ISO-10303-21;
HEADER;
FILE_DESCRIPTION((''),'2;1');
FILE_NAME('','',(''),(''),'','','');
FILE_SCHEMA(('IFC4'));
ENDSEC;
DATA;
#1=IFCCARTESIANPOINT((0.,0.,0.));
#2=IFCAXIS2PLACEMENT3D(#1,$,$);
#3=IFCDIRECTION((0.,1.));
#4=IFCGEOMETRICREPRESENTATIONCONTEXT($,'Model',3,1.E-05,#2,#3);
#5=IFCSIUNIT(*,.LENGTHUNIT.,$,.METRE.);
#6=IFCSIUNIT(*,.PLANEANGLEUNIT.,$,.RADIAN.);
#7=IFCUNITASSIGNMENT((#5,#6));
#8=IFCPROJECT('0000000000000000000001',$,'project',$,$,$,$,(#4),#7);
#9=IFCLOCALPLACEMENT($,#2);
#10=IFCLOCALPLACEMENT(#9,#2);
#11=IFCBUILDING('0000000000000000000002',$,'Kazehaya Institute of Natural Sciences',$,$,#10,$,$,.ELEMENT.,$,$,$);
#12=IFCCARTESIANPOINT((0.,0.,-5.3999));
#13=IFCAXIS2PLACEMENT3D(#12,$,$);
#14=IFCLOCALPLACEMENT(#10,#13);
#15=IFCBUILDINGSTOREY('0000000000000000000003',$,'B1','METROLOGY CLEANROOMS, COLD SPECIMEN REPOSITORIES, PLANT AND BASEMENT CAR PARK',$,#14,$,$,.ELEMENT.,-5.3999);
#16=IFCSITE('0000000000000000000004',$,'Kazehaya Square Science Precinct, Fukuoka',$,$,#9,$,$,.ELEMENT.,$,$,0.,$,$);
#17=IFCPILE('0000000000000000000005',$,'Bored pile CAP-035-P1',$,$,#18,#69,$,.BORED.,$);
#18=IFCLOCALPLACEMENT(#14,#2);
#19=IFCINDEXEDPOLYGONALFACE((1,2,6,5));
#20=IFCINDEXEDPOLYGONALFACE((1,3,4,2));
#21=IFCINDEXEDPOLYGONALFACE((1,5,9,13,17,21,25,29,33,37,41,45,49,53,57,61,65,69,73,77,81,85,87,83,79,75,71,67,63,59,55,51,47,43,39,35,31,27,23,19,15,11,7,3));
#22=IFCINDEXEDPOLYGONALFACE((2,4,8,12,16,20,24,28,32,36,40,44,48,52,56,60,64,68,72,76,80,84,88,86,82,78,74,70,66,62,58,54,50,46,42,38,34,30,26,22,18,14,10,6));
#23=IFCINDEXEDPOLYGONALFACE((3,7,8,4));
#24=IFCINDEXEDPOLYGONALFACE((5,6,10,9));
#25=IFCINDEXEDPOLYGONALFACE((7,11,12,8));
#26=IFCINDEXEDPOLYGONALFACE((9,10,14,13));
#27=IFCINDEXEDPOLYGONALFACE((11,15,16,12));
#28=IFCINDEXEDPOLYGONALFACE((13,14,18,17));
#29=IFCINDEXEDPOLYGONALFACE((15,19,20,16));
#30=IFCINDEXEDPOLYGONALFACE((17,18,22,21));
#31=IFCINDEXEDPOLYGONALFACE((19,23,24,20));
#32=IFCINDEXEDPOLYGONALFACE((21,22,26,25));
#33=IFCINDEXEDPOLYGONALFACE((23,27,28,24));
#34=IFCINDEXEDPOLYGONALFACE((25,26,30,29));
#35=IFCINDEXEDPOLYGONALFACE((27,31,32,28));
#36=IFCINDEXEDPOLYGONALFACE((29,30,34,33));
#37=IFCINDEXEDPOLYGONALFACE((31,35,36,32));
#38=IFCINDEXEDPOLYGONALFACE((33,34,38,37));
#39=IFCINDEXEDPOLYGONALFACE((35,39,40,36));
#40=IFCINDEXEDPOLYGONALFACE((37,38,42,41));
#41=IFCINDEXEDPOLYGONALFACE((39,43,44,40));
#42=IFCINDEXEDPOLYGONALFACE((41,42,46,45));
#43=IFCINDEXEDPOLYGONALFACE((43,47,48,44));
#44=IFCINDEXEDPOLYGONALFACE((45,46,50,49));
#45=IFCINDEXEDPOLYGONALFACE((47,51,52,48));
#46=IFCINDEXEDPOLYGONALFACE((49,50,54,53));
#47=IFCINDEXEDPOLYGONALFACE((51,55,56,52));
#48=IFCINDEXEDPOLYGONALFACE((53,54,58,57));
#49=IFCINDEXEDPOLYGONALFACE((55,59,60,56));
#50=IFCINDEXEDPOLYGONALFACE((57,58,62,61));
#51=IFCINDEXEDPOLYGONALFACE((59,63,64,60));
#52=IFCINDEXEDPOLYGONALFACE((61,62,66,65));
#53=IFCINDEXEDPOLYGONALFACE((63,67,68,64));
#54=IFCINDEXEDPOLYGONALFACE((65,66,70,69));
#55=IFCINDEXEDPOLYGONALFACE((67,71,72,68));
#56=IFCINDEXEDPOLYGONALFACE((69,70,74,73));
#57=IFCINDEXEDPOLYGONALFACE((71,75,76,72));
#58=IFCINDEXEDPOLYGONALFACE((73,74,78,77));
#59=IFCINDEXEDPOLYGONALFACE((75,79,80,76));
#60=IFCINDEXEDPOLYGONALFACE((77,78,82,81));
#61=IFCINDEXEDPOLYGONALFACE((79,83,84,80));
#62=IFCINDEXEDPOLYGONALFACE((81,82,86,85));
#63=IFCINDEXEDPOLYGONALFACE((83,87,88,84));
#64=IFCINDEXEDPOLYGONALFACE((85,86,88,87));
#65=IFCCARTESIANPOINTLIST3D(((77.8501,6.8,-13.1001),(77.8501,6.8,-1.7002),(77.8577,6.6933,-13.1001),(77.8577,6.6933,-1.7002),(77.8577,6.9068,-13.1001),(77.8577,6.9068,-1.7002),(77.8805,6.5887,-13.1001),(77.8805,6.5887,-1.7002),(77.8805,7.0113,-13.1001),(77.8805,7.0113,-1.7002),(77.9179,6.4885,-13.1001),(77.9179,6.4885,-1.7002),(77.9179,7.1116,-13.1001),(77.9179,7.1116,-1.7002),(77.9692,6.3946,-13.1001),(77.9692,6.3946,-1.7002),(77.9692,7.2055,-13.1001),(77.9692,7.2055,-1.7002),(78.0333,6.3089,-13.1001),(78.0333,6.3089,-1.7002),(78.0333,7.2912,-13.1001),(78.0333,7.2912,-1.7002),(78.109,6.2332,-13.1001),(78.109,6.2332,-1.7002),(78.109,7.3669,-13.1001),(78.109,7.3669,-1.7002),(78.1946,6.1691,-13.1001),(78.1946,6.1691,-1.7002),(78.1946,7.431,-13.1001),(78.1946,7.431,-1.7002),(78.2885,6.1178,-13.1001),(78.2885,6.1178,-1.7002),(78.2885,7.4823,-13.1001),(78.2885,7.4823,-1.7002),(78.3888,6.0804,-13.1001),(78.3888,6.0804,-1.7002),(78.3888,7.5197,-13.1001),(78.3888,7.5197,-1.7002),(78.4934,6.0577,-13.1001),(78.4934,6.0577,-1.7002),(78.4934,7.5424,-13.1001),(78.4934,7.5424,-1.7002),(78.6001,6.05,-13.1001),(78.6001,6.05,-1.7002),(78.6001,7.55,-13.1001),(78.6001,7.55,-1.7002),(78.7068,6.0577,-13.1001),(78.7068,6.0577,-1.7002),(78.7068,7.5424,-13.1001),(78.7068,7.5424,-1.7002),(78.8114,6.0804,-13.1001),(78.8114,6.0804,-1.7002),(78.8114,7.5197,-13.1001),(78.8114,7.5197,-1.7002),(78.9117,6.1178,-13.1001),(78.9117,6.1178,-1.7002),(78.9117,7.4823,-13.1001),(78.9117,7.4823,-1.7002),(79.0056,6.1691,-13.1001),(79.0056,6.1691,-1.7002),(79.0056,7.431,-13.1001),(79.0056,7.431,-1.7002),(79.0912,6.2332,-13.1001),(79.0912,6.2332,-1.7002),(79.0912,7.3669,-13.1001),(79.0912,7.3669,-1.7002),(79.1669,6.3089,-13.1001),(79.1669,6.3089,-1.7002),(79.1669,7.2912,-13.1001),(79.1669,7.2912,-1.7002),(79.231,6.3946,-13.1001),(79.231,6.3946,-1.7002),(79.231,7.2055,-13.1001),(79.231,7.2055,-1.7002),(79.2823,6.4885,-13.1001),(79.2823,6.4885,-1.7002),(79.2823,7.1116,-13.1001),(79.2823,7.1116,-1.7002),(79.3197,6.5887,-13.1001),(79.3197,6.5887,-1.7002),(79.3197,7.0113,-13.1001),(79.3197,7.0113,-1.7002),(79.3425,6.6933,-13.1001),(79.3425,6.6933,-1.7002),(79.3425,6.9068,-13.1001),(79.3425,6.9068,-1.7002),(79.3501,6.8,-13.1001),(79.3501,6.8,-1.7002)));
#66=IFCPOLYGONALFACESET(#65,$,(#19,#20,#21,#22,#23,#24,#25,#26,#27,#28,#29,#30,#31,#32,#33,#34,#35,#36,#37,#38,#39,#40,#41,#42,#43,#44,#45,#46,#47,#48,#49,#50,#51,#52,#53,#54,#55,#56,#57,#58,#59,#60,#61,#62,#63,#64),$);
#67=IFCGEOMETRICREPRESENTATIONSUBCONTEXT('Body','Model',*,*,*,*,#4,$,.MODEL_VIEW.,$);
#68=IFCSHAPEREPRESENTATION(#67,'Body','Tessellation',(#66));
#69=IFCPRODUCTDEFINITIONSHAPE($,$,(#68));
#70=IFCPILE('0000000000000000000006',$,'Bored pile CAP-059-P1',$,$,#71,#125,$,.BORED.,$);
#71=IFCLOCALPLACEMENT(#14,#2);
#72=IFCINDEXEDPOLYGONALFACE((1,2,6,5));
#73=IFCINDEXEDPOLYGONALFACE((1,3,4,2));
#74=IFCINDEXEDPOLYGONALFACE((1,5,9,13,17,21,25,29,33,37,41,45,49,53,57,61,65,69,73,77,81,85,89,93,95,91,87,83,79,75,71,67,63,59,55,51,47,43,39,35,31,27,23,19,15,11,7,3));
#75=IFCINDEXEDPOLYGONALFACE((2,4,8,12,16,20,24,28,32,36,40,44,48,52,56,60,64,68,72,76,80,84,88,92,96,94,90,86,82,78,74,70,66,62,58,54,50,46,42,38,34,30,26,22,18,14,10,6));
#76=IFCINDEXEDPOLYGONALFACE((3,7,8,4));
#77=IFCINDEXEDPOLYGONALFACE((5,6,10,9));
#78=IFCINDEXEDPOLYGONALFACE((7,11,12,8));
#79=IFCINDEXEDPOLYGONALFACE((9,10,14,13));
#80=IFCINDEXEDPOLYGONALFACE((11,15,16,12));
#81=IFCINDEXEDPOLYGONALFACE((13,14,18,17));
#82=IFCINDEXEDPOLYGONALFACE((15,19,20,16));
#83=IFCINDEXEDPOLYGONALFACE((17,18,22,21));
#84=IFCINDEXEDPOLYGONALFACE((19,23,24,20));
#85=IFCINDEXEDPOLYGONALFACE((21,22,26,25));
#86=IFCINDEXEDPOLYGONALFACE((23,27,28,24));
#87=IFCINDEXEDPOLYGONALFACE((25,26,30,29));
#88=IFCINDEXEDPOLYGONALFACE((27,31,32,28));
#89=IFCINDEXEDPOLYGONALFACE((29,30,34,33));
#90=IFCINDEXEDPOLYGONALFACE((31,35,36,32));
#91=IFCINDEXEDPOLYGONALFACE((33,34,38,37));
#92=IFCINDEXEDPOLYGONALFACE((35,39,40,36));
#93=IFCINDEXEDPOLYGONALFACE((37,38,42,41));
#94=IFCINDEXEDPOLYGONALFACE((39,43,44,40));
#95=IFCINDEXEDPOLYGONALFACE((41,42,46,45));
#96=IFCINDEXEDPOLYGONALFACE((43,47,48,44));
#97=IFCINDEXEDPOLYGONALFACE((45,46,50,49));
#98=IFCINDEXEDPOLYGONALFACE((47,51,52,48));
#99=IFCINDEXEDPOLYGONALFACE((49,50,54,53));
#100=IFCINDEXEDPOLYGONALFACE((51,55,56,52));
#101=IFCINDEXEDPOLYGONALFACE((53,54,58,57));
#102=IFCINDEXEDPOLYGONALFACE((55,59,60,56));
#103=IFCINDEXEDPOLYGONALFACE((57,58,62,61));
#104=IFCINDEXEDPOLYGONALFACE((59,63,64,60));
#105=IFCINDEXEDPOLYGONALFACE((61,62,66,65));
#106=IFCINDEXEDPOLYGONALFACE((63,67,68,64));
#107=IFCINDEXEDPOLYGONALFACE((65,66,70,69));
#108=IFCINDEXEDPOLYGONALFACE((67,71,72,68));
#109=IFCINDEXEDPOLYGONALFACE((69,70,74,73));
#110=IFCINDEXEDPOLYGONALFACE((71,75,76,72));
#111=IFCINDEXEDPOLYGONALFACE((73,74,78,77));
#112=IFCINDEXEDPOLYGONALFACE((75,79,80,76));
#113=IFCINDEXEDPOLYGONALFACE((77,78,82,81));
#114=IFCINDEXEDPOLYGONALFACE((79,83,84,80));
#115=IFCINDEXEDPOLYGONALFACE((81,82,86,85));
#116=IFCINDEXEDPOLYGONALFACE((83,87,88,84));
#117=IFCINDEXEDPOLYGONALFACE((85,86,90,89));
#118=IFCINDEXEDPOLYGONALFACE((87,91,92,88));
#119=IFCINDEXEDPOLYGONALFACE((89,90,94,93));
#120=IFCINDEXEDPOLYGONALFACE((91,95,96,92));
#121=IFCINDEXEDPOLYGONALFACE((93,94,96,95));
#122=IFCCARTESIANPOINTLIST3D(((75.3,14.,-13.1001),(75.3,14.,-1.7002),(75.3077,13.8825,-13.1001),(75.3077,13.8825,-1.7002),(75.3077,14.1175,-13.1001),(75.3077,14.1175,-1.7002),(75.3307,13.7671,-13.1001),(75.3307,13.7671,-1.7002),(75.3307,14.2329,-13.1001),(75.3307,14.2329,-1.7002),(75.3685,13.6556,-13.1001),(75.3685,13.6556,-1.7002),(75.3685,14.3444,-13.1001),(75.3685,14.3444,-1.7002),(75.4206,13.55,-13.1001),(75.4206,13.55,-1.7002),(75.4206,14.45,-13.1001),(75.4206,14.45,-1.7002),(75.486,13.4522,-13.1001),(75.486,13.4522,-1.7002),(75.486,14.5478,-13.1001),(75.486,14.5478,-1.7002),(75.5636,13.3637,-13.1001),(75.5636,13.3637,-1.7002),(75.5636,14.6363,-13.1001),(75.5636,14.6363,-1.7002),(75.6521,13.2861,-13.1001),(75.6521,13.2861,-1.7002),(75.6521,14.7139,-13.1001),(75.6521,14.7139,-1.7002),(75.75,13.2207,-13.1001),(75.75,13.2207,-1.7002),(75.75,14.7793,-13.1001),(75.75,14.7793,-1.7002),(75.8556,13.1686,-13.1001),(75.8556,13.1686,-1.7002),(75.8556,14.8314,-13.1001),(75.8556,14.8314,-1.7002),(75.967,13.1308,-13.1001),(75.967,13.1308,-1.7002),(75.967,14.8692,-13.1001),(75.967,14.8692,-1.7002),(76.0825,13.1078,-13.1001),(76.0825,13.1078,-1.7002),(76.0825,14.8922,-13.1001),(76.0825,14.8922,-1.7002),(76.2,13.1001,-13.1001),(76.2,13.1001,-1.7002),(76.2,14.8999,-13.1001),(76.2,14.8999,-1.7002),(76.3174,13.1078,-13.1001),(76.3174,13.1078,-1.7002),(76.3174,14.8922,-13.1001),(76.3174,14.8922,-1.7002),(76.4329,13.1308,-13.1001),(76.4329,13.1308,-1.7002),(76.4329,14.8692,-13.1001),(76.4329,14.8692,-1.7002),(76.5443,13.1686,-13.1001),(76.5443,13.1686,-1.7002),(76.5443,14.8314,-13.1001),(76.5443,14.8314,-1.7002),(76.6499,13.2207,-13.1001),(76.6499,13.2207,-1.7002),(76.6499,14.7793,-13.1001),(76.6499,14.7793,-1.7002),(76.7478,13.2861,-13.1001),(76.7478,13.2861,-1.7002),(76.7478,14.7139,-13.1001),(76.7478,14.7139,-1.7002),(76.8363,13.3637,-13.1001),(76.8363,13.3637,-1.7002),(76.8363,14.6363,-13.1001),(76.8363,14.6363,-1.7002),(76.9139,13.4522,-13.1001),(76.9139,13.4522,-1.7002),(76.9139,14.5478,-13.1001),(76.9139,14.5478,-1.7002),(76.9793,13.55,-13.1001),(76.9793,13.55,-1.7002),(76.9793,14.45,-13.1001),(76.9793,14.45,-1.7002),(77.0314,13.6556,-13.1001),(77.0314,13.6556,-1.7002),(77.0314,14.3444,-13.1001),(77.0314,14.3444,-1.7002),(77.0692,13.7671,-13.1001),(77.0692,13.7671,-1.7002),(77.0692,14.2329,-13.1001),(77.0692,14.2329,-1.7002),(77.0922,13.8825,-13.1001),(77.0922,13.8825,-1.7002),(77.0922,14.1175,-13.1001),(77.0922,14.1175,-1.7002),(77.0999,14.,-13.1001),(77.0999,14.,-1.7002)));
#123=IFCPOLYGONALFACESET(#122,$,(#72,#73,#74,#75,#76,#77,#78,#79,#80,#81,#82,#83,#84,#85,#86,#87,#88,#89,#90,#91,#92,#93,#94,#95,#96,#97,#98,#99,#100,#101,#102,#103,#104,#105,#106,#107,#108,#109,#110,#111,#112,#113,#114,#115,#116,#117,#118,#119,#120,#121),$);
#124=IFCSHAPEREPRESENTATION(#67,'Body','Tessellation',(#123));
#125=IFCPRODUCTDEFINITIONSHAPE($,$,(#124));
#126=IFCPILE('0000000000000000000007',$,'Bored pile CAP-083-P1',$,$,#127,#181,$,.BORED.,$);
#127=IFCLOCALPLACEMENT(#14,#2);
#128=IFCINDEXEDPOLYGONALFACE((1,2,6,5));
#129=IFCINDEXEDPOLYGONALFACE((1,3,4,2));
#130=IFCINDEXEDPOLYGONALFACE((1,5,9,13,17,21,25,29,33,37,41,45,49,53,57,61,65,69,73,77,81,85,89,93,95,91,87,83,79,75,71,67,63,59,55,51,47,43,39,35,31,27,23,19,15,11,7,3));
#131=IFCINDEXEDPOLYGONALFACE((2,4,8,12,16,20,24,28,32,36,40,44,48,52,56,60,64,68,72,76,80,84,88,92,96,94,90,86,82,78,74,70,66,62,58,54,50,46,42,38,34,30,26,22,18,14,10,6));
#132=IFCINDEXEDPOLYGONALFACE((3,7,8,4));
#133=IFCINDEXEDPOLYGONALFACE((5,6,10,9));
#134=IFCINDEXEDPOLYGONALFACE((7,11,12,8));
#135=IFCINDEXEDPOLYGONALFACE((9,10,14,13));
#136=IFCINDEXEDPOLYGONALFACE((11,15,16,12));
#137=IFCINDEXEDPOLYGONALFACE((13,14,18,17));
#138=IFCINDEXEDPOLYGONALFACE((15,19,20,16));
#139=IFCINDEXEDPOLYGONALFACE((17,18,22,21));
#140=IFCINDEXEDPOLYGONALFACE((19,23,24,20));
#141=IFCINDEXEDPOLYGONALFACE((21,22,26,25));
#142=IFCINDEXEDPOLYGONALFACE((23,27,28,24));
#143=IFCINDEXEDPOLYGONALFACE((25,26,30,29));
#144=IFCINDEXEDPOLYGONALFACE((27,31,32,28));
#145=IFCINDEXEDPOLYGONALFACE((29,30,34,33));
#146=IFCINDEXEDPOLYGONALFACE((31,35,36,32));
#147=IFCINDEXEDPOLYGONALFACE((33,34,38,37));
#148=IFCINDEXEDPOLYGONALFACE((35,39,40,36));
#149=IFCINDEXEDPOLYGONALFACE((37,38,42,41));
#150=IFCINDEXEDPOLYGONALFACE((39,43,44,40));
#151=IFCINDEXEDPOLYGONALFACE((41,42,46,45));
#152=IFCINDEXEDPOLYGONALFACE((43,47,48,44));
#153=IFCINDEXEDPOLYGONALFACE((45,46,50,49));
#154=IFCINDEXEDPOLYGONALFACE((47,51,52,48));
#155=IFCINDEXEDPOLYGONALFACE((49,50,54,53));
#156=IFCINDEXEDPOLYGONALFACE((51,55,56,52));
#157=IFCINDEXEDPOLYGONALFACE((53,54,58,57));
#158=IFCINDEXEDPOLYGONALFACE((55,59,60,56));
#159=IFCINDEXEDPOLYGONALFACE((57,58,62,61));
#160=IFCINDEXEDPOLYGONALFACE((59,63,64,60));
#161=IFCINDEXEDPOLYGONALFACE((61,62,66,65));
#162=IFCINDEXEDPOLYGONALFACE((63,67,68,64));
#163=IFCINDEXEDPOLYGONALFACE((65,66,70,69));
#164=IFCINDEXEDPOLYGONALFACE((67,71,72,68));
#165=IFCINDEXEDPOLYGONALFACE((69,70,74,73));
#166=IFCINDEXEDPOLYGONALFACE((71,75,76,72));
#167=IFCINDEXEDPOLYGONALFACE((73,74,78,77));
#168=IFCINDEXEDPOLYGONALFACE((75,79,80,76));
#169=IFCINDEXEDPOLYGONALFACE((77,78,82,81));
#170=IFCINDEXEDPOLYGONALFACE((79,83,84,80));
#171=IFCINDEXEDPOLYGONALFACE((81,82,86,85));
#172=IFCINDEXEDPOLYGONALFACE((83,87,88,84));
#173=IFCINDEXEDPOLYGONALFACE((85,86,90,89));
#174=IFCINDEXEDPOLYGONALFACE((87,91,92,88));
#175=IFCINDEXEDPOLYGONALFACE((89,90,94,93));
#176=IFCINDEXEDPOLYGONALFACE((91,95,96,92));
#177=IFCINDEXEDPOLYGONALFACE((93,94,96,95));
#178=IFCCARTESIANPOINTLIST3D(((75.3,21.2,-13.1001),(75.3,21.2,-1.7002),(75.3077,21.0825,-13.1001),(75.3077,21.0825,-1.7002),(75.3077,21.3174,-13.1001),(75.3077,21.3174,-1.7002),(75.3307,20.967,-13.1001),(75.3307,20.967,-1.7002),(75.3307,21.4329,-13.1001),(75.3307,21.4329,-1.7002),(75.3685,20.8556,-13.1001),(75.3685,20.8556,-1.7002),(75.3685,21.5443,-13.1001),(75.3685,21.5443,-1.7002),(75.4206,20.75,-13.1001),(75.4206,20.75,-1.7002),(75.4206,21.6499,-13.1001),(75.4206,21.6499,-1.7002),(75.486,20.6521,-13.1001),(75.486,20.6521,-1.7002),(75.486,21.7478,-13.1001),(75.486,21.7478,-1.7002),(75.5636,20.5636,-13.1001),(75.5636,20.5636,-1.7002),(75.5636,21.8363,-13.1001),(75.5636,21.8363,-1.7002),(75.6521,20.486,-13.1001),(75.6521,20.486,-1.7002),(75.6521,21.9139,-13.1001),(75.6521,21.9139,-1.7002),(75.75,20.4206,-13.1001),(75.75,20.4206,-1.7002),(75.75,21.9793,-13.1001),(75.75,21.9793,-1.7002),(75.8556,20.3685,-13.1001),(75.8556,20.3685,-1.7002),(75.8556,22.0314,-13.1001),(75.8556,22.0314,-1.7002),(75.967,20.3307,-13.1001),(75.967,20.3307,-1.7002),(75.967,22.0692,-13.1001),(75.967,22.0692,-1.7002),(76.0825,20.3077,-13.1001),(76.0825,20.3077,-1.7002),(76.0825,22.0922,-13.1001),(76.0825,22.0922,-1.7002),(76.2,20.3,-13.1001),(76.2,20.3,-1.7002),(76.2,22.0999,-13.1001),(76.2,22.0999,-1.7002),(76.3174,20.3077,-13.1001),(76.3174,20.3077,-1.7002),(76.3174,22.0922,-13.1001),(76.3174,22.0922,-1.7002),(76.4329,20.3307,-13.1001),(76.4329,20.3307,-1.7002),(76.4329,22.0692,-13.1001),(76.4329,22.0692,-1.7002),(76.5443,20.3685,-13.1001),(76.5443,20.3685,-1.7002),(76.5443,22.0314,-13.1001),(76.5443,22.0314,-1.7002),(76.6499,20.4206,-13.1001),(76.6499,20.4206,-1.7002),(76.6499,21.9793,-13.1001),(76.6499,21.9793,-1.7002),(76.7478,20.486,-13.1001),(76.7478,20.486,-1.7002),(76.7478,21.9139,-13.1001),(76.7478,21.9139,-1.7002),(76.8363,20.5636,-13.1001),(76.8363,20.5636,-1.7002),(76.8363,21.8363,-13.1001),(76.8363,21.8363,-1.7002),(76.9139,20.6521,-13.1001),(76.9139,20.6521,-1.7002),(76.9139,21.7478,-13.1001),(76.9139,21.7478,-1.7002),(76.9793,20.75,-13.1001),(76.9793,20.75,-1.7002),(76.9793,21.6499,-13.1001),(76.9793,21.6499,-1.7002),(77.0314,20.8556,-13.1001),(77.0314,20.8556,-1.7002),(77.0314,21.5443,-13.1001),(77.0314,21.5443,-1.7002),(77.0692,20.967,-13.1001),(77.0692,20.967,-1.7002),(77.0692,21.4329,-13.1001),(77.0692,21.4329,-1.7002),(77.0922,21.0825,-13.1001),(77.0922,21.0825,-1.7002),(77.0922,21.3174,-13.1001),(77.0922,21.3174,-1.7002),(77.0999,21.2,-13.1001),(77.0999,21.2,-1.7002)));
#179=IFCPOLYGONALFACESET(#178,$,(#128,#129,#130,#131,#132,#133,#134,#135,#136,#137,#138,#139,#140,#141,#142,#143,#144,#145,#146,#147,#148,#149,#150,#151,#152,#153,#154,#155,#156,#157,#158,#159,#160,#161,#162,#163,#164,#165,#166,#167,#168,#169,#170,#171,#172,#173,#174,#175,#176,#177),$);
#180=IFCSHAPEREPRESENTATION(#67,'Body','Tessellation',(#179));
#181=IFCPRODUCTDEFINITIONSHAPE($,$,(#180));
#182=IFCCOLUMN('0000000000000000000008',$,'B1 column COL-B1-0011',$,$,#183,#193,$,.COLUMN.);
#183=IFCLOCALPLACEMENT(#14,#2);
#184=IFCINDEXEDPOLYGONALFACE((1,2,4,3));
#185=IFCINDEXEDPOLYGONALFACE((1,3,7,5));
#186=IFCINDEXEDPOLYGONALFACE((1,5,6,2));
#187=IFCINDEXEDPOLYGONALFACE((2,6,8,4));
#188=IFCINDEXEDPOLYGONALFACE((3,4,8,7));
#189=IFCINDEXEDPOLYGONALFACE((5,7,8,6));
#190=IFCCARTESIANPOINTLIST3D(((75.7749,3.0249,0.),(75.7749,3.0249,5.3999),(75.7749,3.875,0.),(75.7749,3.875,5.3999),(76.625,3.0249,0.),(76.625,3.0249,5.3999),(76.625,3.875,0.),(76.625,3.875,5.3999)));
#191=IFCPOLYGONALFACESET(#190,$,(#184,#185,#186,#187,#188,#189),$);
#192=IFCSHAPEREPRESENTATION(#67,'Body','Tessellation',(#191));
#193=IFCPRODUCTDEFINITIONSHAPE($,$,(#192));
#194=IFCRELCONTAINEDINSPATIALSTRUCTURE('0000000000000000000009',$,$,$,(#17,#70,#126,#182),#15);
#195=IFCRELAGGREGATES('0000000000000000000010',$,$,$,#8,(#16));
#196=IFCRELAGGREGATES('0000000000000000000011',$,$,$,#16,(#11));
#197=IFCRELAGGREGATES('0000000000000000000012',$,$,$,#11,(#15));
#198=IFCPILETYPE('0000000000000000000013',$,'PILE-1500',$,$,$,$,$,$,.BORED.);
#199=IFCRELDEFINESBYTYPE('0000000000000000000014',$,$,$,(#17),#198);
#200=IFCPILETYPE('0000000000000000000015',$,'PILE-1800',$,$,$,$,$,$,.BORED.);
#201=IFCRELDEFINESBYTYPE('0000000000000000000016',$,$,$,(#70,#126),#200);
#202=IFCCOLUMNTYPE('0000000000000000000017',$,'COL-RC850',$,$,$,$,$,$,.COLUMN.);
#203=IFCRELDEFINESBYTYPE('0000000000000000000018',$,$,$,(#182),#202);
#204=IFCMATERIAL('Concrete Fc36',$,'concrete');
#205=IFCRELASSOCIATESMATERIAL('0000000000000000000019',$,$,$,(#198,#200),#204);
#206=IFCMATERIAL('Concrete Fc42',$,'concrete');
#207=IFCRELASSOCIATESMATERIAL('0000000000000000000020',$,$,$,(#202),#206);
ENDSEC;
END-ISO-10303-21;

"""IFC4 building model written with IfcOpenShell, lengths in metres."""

from ifc_helpers import new_model, si_unit, direction, frame, origin, origin_2d, place, context, subcontext, project, spatial, rectangle, circle, extrude, material, material_profile, profile_set, type_object, element, save


model = new_model("IFC4")

# Units and contexts
model_context = context("Model", 3, precision=1e-05, world=origin(), true_north=direction((0.0, 1.0)))
body_context = subcontext(model_context, "Body", "Model", "MODEL_VIEW")
ifc_project = project(units=[si_unit("LENGTHUNIT", "METRE"), si_unit("PLANEANGLEUNIT", "RADIAN")], contexts=[model_context])

# Site, building, storey
site_placement = place(None, origin())
site = spatial("IfcSite", under=ifc_project, at=site_placement, Name="Kazehaya Square Science Precinct, Fukuoka", CompositionType="ELEMENT", RefElevation=0.0)
building_placement = place(site_placement, origin())
building = spatial("IfcBuilding", under=site, at=building_placement, Name="Kazehaya Institute of Natural Sciences", CompositionType="ELEMENT")
storey_placement = place(building_placement, frame((0.0, 0.0, -5.3999)))
storey = spatial("IfcBuildingStorey", under=building, at=storey_placement, Name="B1", Description="METROLOGY CLEANROOMS, COLD SPECIMEN REPOSITORIES, PLANT AND BASEMENT CAR PARK", CompositionType="ELEMENT", Elevation=-5.3999)

# Shared definitions
ifc_material_1 = material(Name="Concrete Fc36", Category="concrete")

# Piles
ifc_material_profile_1 = material_profile(ifc_material_1, circle(Radius=0.75, at=origin_2d()), Name="PILE-1500")
ifc_profile_set_1 = profile_set([ifc_material_profile_1], Name="Concrete Fc36")
pile_type_1 = type_object("IfcPileType", Name="PILE-1500", PredefinedType="BORED", material=ifc_profile_set_1)
pile_placement = place(storey_placement, frame((78.6001, 6.8, -1.7002), z_axis=(0.0, 0.0, -1.0), x_axis=(1.0, 0.0, 0.0)))
element("IfcPile", 1, at=pile_placement, inside=storey, type_object=pile_type_1, Name="Bored pile CAP-035-P1", PredefinedType="BORED", context=body_context, shape_type="SweptSolid", body=[
    extrude(circle(Radius=0.75, at=origin_2d()), origin(), (0.0, 0.0, 1.0), 11.3999),
])
ifc_material_profile_2 = material_profile(ifc_material_1, circle(Radius=0.8999, at=origin_2d()), Name="PILE-1800")
ifc_profile_set_2 = profile_set([ifc_material_profile_2], Name="Concrete Fc36")
pile_type_2 = type_object("IfcPileType", Name="PILE-1800", PredefinedType="BORED", material=ifc_profile_set_2)
for number, where, z_axis, x_axis, name in (
    (2, (76.2, 14.0, -1.7002), (0.0, 0.0, -1.0), (1.0, 0.0, 0.0), "Bored pile CAP-059-P1"),
    (3, (76.2, 21.2, -1.7002), (0.0, 0.0, -1.0), (1.0, 0.0, 0.0), "Bored pile CAP-083-P1"),
):
    element("IfcPile", number, at=place(storey_placement, frame(where, z_axis=z_axis, x_axis=x_axis)), inside=storey, type_object=pile_type_2, Name=name, PredefinedType="BORED", context=body_context, shape_type="SweptSolid", body=[
        extrude(circle(Radius=0.8999, at=origin_2d()), origin(), (0.0, 0.0, 1.0), 11.3999),
    ])

# Column
ifc_material_2 = material(Name="Concrete Fc42", Category="concrete")
ifc_material_profile_3 = material_profile(ifc_material_2, rectangle(XDim=0.8501, YDim=0.8501, at=origin_2d()), Name="RC-850x850")
ifc_profile_set_3 = profile_set([ifc_material_profile_3], Name="Concrete Fc42")
column_type_1 = type_object("IfcColumnType", Name="COL-RC850", PredefinedType="COLUMN", material=ifc_profile_set_3)
column_1_placement = place(storey_placement, frame((76.2, 3.45, 0.0), z_axis=(0.0, 0.0, 1.0), x_axis=(1.0, 0.0, 0.0)))
element("IfcColumn", 4, at=column_1_placement, inside=storey, type_object=column_type_1, Name="B1 column COL-B1-0011", PredefinedType="COLUMN", context=body_context, shape_type="SweptSolid", body=[
    extrude(rectangle(XDim=0.8501, YDim=0.8501, at=origin_2d()), origin(), (0.0, 0.0, 1.0), 5.3999),
])

save(model, "model.ifc")
